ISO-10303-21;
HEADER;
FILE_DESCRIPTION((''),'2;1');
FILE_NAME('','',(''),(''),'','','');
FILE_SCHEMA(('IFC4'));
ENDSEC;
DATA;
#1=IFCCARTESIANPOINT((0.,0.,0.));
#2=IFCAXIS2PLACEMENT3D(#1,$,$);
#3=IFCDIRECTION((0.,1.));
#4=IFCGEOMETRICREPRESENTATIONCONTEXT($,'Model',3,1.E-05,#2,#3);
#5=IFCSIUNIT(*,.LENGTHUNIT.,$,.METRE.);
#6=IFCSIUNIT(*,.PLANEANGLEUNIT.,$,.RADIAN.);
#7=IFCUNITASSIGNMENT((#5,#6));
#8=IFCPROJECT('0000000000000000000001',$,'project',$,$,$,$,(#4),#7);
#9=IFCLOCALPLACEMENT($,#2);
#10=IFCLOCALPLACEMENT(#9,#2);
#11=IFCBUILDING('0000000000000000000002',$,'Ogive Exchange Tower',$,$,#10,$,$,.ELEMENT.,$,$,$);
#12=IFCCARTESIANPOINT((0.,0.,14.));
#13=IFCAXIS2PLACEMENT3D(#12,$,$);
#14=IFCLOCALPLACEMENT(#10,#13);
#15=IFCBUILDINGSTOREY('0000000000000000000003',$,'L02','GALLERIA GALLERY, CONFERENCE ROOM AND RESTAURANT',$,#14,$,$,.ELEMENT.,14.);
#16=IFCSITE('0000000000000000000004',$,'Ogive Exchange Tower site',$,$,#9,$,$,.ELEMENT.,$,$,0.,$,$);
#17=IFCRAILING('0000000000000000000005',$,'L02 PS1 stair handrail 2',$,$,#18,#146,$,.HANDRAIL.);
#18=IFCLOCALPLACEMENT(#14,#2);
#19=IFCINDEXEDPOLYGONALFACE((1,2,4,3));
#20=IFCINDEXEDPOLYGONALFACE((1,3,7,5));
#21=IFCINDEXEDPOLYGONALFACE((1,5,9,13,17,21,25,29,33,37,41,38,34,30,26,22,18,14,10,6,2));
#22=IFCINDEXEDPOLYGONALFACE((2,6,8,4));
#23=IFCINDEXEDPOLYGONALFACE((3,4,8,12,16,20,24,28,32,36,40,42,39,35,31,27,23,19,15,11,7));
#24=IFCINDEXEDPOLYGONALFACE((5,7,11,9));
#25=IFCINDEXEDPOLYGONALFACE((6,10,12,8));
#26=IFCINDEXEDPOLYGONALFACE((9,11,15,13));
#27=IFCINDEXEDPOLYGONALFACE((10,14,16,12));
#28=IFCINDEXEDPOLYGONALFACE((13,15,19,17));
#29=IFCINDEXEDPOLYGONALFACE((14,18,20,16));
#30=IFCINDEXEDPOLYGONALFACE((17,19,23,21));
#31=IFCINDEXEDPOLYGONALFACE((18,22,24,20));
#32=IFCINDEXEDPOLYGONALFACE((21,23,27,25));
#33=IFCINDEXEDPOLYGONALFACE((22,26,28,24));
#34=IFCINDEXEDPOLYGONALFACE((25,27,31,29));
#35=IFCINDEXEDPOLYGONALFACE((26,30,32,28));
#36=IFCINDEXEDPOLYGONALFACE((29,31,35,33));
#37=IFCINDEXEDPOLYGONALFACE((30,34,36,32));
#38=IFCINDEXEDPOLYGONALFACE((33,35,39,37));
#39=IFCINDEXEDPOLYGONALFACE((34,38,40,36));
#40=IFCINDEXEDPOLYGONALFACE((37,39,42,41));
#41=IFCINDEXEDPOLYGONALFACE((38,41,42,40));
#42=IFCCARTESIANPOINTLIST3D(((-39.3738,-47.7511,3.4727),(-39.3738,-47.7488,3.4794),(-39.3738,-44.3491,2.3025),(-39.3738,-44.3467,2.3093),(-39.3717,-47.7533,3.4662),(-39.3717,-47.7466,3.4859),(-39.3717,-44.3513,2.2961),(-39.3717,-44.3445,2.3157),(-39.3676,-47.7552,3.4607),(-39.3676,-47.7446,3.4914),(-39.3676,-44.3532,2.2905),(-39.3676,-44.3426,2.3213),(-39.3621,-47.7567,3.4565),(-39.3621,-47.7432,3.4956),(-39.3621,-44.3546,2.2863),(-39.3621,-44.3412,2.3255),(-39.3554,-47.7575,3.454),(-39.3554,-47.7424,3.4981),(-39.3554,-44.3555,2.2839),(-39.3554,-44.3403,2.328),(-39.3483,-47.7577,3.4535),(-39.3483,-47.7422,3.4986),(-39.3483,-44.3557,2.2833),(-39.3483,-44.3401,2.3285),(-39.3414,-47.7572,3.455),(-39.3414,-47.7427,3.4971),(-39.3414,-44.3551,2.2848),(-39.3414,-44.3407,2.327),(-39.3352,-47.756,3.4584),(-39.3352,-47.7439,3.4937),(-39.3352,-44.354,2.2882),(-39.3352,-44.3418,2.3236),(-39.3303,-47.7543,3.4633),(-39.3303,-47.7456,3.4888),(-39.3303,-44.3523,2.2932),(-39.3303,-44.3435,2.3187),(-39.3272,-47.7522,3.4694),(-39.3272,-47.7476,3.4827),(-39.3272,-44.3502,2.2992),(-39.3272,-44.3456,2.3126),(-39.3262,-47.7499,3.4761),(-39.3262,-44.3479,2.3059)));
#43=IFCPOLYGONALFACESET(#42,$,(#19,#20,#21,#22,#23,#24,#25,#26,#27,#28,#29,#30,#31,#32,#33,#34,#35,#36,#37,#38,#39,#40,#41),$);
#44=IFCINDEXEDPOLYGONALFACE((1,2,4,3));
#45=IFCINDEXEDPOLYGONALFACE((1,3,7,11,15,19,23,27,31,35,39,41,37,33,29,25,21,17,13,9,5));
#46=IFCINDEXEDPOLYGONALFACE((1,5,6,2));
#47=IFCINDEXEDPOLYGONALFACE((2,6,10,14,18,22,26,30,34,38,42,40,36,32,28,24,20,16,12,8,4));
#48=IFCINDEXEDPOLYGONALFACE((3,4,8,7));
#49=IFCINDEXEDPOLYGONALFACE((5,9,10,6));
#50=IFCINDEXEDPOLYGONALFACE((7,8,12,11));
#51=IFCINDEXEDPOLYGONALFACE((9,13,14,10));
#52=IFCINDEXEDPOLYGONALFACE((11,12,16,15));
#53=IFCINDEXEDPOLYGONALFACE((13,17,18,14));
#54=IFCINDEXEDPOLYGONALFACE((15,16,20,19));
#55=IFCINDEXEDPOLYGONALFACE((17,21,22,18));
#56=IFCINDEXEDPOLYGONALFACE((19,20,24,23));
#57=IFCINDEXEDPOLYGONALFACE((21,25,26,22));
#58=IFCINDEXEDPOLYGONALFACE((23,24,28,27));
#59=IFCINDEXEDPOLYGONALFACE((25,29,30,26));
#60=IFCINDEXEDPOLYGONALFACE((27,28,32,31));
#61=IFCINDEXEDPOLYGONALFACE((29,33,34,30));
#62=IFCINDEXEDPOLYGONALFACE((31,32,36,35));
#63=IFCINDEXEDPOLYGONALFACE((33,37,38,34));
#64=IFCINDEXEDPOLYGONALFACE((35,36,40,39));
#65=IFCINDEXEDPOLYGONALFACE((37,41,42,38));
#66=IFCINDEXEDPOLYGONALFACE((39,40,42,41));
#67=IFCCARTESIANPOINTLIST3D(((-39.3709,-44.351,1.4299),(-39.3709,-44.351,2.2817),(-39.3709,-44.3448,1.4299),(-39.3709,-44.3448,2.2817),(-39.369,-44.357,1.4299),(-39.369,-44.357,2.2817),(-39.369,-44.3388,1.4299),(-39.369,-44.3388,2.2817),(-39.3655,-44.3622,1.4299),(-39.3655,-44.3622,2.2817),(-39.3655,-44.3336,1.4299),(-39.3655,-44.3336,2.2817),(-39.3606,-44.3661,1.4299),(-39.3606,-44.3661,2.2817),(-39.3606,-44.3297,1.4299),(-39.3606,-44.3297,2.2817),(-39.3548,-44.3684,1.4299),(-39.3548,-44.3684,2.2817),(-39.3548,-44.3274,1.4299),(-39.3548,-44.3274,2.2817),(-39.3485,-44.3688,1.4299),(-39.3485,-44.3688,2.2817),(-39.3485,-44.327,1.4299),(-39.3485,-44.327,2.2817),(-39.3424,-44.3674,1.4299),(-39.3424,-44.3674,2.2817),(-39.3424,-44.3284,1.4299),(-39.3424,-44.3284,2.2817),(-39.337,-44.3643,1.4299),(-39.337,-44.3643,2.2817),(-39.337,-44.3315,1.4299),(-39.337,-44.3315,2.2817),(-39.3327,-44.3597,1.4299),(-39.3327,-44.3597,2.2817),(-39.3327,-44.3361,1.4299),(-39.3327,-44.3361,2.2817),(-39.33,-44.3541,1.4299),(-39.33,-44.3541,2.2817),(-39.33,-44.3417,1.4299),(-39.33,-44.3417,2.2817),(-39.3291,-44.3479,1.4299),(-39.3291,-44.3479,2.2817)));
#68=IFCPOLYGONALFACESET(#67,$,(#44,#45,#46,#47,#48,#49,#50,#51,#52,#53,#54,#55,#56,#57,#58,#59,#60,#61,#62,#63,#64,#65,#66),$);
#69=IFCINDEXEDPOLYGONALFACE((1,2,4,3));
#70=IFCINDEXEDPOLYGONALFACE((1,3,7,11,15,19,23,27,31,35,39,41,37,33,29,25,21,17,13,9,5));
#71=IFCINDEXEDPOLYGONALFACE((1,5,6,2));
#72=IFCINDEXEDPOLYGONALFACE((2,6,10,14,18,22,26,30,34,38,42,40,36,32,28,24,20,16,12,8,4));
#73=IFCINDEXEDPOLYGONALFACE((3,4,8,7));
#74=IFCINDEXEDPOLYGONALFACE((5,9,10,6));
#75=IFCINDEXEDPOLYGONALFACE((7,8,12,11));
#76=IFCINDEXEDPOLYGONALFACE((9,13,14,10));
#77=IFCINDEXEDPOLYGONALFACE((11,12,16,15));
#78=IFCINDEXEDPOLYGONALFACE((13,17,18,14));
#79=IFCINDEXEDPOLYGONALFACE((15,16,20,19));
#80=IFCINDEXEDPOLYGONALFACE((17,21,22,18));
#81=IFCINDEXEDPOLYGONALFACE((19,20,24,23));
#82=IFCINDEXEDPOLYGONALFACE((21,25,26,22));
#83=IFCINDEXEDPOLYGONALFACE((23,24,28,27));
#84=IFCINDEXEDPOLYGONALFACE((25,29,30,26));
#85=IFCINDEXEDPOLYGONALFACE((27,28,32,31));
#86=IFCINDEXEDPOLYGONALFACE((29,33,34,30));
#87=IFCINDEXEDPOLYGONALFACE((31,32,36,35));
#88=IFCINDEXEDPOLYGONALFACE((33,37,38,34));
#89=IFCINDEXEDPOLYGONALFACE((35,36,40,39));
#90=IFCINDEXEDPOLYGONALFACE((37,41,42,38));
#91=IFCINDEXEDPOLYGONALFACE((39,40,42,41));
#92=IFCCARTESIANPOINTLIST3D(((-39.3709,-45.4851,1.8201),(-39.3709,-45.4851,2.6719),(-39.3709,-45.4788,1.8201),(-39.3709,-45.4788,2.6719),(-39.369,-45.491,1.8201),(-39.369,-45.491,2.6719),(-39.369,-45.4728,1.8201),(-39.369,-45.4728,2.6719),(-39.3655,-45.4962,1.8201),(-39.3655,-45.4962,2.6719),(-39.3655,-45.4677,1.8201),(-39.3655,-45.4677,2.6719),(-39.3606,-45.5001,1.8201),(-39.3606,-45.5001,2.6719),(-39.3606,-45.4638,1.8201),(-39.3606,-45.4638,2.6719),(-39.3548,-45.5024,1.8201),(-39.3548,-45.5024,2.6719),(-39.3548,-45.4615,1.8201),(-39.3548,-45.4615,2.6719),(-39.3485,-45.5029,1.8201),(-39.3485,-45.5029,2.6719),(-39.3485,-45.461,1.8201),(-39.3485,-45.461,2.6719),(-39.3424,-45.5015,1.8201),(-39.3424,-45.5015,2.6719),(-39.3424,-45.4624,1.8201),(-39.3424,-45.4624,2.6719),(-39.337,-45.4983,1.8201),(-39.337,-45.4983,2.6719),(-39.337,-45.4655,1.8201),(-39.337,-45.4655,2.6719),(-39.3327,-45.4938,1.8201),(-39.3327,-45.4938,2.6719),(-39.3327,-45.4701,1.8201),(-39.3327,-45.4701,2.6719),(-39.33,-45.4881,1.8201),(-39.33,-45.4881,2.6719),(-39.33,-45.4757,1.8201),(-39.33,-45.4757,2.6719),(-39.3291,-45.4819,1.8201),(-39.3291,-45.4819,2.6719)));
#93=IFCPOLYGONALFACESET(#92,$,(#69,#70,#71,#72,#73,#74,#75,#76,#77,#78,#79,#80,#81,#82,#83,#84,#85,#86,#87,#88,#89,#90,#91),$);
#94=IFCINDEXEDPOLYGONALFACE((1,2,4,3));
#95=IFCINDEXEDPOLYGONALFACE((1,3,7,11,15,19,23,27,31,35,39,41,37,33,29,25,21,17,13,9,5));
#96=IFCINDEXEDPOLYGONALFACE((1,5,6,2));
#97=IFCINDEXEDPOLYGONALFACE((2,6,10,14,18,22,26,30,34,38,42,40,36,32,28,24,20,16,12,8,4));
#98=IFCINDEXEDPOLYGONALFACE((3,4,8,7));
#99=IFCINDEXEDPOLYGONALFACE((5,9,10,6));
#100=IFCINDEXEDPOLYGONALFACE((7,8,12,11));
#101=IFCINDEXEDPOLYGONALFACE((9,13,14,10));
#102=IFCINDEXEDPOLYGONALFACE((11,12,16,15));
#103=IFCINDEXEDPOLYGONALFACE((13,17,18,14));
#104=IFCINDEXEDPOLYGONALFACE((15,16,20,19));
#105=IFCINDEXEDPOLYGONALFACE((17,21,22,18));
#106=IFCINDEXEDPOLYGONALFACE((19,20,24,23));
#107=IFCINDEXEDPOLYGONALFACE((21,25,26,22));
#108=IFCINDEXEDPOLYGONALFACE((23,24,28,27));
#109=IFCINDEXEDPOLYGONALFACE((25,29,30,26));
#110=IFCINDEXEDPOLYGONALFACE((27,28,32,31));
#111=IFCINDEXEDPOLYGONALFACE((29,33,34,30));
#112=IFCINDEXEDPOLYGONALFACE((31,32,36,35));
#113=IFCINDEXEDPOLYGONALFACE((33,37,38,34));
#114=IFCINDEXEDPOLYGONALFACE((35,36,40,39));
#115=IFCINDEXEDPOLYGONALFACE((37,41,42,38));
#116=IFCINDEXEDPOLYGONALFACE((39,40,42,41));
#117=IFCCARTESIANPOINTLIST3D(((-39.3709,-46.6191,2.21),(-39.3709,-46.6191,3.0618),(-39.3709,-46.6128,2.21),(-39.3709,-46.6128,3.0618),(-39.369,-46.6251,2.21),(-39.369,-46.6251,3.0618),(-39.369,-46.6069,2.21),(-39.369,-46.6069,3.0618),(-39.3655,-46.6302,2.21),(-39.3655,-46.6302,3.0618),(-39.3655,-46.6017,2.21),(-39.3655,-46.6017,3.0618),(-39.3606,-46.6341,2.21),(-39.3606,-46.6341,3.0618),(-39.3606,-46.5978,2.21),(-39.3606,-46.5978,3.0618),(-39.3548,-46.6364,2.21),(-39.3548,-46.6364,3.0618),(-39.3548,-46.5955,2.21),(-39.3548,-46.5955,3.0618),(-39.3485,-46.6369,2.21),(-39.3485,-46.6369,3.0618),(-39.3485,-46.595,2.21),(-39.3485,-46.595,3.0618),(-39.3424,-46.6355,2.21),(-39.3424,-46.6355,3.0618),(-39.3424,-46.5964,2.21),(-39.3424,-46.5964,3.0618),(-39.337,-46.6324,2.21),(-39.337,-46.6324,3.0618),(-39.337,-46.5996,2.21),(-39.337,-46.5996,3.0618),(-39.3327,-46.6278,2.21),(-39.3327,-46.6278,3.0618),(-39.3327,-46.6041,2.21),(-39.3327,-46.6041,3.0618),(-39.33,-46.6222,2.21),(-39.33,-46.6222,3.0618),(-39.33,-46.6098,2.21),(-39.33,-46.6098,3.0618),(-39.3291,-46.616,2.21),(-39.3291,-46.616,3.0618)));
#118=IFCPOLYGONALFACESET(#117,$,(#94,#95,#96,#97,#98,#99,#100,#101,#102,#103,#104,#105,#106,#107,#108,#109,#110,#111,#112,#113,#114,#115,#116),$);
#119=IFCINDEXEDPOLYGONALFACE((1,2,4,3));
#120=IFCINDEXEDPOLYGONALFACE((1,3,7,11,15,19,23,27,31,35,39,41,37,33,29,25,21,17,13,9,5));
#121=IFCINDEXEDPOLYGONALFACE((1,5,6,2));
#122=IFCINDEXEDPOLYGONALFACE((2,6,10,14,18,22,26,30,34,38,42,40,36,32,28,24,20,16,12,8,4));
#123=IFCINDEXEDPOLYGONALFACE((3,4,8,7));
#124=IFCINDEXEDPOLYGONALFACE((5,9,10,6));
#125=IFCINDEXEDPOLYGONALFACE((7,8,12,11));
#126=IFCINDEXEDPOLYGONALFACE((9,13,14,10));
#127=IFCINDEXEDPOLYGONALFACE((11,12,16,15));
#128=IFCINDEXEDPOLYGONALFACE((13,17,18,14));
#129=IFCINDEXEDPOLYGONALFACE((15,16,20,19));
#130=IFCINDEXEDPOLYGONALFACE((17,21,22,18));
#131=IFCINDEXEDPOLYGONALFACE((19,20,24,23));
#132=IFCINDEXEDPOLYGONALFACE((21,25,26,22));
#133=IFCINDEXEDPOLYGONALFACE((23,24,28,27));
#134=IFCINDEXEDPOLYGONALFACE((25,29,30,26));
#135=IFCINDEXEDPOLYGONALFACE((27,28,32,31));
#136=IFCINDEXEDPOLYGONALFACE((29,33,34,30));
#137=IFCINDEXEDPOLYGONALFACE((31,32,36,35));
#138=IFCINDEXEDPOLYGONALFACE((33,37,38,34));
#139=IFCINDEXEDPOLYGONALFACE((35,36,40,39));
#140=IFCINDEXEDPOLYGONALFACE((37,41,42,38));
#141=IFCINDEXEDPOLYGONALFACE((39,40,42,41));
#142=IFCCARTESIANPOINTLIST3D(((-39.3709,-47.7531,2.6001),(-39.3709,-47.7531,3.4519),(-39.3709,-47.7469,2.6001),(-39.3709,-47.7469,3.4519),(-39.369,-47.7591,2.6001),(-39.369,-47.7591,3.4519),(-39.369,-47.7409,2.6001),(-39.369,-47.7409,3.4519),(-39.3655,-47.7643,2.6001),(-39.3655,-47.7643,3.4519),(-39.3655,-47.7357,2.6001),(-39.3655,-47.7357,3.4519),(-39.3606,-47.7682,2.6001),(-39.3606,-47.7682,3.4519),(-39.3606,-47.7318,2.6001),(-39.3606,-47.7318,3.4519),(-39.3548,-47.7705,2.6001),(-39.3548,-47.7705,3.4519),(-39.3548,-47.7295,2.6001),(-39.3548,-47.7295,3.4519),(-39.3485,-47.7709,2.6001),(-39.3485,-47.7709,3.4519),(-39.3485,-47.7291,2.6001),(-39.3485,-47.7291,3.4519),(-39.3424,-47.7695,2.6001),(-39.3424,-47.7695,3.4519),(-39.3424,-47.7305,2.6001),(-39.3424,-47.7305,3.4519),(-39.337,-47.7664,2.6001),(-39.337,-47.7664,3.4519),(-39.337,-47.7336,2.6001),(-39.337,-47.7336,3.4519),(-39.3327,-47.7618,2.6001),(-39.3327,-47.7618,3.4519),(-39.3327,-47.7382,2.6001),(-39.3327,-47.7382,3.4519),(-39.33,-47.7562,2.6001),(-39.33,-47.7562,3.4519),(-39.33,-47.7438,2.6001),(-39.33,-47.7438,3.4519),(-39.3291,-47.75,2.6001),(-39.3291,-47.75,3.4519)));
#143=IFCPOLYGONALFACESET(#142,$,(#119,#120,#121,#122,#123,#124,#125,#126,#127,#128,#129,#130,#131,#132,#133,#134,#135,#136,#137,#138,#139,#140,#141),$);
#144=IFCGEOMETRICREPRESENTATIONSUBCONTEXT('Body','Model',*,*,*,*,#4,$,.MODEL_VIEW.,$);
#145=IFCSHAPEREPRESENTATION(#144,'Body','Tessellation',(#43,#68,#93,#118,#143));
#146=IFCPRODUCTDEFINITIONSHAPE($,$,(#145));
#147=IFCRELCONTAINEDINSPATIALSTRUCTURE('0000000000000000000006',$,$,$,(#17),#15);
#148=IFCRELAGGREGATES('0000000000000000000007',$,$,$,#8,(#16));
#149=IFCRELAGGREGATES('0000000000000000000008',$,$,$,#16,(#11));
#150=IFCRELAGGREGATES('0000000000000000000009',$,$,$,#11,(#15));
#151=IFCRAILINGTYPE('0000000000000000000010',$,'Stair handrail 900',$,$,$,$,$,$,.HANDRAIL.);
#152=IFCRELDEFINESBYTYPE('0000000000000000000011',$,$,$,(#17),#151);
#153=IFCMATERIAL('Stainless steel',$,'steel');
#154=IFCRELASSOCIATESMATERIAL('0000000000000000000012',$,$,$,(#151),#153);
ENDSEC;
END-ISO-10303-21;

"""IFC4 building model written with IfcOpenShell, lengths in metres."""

from ifc_helpers import new_model, si_unit, direction, frame, origin, origin_2d, place, context, subcontext, project, spatial, circle, extrude, material, type_object, element, save


model = new_model("IFC4")

# Units and contexts
model_context = context("Model", 3, precision=1e-05, world=origin(), true_north=direction((0.0, 1.0)))
body_context = subcontext(model_context, "Body", "Model", "MODEL_VIEW")
ifc_project = project(units=[si_unit("LENGTHUNIT", "METRE"), si_unit("PLANEANGLEUNIT", "RADIAN")], contexts=[model_context])

# Site, building, storey
site_placement = place(None, origin())
site = spatial("IfcSite", under=ifc_project, at=site_placement, Name="Ogive Exchange Tower site", CompositionType="ELEMENT", RefElevation=0.0)
building_placement = place(site_placement, origin())
building = spatial("IfcBuilding", under=site, at=building_placement, Name="Ogive Exchange Tower", CompositionType="ELEMENT")
storey_placement = place(building_placement, frame((0.0, 0.0, 14.0)))
storey = spatial("IfcBuildingStorey", under=building, at=storey_placement, Name="L02", Description="GALLERIA GALLERY, CONFERENCE ROOM AND RESTAURANT", CompositionType="ELEMENT", Elevation=14.0)

# Railing
ifc_material_1 = material(Name="Stainless steel", Category="steel")
railing_type = type_object("IfcRailingType", Name="Stair handrail 900", PredefinedType="HANDRAIL", material=ifc_material_1)
railing_1_placement = place(storey_placement, frame((-39.3501, -44.3479, 1.4299)))
element("IfcRailing", 1, at=railing_1_placement, inside=storey, type_object=railing_type, Name="L02 PS1 stair handrail 2", PredefinedType="HANDRAIL", context=body_context, shape_type="SweptSolid", body=[
    extrude(circle(Radius=0.0239, at=origin_2d()), frame((0.0, 0.0, 0.876), z_axis=(0.0, -0.945627, 0.325252), x_axis=(1.0, 0.0, 0.0)), (0.0, 0.0, 1.0), 3.5977),
    extrude(circle(Radius=0.021, at=origin_2d()), origin(), (0.0, 0.0, 1.0), 0.8518),
    extrude(circle(Radius=0.021, at=origin_2d()), frame((0.0, -1.134, 0.3901)), (0.0, 0.0, 1.0), 0.8518),
    extrude(circle(Radius=0.021, at=origin_2d()), frame((0.0, -2.2681, 0.78)), (0.0, 0.0, 1.0), 0.8518),
    extrude(circle(Radius=0.021, at=origin_2d()), frame((0.0, -3.4021, 1.1702)), (0.0, 0.0, 1.0), 0.8518),
])

save(model, "model.ifc")
